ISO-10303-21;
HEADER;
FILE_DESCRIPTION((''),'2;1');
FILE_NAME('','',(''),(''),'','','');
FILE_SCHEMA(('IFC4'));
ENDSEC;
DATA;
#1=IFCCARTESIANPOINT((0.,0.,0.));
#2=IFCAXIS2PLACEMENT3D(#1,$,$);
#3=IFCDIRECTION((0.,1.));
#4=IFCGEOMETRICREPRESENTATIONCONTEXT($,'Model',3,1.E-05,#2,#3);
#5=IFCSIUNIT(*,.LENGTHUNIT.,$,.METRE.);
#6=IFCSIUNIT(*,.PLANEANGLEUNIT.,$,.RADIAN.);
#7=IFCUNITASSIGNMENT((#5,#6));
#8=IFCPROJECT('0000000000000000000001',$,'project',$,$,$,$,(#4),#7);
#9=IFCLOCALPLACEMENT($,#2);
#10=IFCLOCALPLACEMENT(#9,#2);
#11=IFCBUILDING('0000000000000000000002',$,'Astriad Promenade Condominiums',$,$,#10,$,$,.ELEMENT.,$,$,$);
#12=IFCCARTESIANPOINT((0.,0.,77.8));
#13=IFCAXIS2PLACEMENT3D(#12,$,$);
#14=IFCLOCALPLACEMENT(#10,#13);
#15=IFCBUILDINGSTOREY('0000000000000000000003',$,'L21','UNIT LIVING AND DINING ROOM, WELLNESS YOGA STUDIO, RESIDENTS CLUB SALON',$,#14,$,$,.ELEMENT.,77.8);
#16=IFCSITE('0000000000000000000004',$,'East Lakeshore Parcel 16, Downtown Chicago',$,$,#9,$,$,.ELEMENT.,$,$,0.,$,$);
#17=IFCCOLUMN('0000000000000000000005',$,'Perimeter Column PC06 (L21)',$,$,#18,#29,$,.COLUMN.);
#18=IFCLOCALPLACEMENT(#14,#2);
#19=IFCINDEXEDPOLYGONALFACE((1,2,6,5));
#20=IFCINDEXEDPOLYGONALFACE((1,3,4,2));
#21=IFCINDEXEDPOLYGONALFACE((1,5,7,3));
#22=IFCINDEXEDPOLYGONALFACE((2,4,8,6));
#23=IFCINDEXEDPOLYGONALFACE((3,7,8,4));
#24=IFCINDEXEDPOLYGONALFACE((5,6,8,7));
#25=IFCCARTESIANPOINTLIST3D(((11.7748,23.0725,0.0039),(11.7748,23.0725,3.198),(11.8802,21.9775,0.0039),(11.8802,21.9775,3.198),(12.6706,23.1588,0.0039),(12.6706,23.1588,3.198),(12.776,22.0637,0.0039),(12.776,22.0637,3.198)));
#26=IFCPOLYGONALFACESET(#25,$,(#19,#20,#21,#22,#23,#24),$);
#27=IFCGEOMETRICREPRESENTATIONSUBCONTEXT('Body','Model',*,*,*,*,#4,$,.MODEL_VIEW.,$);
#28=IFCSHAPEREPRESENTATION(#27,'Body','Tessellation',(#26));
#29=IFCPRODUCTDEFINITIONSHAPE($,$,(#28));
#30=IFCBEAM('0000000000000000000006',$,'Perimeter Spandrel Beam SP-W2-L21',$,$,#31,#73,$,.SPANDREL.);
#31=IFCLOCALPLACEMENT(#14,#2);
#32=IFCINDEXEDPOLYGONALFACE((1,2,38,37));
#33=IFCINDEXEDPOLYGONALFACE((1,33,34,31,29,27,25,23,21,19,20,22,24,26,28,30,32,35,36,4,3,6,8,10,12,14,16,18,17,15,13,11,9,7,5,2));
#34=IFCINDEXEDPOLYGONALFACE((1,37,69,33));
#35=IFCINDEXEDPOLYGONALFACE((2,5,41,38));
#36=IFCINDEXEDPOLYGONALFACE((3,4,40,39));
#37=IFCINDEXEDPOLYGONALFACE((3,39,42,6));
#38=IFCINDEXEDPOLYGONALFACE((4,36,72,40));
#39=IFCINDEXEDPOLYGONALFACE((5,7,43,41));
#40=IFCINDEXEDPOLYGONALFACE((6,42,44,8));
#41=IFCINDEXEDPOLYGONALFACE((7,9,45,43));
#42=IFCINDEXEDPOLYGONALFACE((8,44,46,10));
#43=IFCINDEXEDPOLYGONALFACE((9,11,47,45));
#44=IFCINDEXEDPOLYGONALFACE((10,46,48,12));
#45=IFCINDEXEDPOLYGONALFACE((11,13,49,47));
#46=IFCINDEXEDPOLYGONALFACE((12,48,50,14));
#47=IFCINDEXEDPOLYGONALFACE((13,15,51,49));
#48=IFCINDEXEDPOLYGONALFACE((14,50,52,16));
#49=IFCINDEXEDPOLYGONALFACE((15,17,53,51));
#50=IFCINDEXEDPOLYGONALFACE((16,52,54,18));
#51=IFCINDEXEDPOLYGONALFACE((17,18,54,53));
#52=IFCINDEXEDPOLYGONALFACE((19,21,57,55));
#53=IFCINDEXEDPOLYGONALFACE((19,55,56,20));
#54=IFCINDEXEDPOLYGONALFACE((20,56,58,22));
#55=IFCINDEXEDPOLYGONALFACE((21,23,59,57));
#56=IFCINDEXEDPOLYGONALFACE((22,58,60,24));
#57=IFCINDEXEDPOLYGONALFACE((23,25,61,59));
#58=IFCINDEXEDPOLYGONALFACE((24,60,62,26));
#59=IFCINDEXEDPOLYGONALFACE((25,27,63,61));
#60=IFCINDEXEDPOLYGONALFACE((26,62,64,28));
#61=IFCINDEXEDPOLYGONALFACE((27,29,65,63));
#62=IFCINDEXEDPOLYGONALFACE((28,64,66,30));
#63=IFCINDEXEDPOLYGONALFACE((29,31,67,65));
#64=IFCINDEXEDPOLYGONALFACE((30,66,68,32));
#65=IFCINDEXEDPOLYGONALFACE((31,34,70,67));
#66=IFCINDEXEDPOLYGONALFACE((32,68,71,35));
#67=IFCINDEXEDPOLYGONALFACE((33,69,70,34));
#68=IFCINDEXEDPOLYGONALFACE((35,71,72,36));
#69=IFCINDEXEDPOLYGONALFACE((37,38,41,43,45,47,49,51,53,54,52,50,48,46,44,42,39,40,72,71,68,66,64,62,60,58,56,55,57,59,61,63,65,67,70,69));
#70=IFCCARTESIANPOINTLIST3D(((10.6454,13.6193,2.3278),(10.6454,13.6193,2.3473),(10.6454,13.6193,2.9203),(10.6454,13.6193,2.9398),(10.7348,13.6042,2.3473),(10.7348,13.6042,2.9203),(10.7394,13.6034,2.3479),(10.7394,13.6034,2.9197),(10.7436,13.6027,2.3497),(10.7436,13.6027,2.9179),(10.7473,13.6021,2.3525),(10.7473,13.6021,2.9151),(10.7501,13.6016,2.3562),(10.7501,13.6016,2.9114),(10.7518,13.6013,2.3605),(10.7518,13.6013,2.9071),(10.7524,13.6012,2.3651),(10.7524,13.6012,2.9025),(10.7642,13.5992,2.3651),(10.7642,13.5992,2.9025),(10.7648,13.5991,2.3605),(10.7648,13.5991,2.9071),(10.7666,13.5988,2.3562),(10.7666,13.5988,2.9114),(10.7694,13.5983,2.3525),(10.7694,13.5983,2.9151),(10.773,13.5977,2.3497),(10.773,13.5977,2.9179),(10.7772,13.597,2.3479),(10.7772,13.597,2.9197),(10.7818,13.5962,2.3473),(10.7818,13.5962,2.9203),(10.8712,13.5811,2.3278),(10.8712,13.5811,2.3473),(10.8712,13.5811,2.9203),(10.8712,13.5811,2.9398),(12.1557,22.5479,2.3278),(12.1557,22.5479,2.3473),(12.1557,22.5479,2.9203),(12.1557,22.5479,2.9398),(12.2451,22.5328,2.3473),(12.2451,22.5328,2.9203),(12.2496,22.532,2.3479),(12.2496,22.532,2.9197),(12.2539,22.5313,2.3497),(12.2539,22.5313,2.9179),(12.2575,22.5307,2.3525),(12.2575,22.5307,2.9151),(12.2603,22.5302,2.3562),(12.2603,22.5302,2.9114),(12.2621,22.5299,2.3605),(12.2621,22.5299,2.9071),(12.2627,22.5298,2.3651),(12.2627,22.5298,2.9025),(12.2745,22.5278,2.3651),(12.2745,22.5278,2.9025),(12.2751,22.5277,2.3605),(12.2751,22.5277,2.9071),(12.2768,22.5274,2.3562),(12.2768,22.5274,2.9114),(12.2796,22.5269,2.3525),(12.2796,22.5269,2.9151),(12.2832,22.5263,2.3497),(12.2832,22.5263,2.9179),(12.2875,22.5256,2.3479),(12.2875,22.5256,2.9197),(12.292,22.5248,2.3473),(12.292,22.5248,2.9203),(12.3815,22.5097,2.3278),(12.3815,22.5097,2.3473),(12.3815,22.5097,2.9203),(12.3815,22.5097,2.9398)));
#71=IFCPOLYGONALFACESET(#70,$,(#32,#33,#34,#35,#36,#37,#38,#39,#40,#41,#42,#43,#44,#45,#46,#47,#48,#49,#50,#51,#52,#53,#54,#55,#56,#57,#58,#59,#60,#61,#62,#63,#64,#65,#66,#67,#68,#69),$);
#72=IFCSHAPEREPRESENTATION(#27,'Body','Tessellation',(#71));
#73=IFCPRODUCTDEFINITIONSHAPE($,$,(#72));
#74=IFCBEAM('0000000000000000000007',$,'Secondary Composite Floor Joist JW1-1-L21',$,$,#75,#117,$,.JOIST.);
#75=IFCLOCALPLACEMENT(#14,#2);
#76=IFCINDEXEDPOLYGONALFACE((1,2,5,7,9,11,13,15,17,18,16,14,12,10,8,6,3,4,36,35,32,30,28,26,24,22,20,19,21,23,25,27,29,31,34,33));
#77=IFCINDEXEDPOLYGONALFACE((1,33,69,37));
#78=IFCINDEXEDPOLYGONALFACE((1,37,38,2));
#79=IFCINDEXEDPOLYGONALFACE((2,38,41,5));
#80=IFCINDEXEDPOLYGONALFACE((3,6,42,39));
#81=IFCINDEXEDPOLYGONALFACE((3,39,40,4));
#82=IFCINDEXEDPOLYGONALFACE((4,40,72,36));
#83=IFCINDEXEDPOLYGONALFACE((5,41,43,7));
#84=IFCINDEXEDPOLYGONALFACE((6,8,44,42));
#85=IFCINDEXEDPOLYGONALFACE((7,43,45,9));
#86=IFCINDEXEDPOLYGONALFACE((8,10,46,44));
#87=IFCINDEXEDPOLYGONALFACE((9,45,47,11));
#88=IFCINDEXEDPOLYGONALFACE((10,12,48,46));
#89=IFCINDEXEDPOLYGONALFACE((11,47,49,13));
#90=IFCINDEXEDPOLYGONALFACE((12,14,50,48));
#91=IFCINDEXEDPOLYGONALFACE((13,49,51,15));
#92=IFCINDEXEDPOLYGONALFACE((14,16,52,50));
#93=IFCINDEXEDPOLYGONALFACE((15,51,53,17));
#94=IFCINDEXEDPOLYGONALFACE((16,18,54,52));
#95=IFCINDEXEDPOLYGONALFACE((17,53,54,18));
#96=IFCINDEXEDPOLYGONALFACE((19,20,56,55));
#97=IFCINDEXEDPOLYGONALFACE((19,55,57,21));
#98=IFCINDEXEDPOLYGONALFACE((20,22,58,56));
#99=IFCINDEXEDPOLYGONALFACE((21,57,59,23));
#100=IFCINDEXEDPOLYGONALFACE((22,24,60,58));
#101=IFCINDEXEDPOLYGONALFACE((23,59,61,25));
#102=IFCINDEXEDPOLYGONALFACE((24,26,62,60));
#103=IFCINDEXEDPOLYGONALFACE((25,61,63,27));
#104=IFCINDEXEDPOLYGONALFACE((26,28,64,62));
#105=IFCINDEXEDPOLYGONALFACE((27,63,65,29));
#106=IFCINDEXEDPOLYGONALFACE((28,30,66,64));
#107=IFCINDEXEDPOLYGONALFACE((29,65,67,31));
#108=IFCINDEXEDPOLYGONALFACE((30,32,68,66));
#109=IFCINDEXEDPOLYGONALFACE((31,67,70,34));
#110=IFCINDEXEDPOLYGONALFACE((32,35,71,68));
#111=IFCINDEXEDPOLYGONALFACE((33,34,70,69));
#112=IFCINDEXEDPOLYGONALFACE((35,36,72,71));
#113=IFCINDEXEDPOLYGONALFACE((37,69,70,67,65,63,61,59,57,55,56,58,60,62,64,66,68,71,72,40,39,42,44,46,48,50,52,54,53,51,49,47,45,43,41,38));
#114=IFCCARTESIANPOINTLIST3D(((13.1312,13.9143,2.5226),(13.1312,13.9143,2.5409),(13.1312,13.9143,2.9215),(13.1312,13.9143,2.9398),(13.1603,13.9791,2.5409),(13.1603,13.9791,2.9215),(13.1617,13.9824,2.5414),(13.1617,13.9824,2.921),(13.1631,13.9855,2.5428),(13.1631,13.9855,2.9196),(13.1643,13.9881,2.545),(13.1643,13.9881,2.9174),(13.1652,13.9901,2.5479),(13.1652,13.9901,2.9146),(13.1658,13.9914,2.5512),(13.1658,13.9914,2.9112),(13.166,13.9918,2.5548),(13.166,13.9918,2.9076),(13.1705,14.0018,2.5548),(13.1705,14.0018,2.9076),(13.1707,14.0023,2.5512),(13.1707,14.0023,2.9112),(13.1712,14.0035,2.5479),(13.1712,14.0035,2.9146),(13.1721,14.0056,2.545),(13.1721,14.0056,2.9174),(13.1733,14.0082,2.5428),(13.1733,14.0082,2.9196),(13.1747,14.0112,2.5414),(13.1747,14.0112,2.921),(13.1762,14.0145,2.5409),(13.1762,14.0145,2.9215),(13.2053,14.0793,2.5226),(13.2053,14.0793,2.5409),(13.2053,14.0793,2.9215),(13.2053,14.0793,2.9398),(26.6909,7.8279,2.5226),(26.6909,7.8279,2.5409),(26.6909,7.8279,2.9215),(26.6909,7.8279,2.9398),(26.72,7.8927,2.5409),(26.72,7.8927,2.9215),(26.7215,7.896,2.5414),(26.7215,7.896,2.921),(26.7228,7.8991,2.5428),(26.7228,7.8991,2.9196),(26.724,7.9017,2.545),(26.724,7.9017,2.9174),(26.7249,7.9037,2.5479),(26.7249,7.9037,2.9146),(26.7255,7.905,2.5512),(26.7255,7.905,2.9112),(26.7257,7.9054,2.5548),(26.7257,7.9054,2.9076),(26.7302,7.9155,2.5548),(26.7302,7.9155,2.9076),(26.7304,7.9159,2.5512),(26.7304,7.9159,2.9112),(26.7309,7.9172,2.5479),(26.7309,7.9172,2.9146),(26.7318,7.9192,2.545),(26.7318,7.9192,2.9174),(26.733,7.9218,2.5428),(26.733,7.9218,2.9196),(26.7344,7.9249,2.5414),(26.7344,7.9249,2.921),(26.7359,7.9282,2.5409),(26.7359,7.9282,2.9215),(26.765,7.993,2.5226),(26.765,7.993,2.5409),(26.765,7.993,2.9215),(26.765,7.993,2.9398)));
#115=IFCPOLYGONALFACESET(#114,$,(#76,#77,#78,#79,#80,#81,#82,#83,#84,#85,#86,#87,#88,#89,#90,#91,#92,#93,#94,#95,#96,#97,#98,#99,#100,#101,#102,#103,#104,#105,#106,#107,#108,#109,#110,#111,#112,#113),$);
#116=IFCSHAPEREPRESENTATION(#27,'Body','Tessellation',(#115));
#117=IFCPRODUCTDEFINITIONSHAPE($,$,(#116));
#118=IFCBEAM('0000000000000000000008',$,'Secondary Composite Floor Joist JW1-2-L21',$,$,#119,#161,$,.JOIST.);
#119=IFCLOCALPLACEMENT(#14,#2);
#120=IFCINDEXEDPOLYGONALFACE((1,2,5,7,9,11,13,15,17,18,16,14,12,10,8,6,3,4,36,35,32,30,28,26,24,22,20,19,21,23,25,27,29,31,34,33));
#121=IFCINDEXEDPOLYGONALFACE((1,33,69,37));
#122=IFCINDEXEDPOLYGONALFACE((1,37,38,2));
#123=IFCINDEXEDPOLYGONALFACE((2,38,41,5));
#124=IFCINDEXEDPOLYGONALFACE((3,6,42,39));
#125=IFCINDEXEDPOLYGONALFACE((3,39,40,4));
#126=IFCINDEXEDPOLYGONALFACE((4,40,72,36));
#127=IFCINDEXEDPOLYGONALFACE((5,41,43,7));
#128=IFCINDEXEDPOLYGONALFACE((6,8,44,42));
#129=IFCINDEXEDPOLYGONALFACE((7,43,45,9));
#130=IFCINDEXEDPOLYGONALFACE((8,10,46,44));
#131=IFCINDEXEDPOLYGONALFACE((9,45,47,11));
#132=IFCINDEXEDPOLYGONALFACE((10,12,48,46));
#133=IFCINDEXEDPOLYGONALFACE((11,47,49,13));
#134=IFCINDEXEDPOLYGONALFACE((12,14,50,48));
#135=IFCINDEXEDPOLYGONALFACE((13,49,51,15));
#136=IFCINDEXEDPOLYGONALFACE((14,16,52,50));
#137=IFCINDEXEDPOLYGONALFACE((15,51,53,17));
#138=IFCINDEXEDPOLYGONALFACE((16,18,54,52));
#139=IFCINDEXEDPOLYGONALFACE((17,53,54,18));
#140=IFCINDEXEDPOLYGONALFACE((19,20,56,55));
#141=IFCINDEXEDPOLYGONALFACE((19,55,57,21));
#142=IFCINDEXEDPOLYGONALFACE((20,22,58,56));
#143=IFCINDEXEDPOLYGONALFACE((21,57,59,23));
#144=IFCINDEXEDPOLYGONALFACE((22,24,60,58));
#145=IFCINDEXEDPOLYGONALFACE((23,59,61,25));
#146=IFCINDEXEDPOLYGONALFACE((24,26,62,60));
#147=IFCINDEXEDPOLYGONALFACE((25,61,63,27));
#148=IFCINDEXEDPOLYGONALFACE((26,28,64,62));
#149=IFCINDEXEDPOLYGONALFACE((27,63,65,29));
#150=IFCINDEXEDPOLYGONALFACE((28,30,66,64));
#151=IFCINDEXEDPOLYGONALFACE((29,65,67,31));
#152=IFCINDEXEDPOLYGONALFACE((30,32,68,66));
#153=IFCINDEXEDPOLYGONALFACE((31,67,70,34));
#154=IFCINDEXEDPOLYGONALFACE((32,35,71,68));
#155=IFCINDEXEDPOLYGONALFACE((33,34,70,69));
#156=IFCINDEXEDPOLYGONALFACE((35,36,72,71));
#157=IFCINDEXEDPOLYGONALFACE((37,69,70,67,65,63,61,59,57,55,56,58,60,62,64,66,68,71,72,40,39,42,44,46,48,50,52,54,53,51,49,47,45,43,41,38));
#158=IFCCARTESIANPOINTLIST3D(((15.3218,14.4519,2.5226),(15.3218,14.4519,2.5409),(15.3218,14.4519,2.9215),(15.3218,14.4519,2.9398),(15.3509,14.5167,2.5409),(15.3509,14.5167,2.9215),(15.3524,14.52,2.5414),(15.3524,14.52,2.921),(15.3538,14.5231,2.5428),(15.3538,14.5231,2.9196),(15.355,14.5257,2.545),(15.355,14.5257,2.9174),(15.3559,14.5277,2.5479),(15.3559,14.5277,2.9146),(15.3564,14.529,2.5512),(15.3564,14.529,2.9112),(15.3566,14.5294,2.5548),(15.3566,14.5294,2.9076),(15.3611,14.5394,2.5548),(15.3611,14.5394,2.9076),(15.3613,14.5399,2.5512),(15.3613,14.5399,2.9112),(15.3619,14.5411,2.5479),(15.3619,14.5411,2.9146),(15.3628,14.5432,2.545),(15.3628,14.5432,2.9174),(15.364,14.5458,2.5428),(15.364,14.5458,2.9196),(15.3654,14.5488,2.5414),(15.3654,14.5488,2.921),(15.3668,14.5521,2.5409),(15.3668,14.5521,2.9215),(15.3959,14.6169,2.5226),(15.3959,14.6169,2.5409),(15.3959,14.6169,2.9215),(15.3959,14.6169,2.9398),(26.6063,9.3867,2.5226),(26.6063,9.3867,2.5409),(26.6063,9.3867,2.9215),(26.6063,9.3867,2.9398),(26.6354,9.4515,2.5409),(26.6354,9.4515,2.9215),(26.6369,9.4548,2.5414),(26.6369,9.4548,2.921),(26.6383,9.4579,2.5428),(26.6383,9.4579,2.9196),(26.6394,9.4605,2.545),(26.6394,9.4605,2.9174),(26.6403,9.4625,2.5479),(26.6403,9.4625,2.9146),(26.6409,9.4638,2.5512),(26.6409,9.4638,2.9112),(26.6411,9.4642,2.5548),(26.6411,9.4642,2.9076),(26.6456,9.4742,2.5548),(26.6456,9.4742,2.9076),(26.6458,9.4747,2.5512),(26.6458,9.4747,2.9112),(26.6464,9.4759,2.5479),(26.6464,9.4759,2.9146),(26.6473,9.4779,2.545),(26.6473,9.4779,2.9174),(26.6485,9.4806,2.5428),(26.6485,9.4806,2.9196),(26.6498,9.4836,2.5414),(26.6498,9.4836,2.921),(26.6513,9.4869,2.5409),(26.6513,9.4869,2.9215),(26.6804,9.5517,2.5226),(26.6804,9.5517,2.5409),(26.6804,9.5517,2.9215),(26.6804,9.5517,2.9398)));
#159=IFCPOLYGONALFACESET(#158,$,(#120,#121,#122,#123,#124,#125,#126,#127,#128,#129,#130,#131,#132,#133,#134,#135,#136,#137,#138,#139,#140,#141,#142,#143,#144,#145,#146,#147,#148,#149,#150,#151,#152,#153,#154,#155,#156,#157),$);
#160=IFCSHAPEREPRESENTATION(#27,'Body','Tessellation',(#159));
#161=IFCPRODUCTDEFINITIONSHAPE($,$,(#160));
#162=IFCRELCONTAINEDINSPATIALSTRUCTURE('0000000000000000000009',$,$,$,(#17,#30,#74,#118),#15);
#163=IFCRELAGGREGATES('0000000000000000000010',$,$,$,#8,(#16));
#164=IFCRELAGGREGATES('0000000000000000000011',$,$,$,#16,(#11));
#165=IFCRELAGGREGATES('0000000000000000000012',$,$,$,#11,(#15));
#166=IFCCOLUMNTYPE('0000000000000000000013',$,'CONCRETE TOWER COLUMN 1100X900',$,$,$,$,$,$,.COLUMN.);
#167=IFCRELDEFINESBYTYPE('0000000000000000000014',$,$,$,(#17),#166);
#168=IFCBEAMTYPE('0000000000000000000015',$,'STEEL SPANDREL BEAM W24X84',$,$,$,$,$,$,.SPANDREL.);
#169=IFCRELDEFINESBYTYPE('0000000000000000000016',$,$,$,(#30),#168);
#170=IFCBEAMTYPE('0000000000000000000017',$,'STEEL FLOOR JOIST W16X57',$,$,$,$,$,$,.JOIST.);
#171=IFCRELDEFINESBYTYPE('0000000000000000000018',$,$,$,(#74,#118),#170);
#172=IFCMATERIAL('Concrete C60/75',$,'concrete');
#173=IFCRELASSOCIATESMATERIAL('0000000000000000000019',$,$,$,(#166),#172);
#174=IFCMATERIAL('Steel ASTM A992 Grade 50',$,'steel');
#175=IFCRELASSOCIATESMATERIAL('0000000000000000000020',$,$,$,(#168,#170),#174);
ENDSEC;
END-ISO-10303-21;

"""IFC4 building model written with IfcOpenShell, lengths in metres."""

from ifc_helpers import new_model, si_unit, direction, frame, origin, origin_2d, place, context, subcontext, project, spatial, rectangle, i_section, extrude, source, transform, mapped, material, material_profile, profile_set, type_object, type_shapes, element, save


model = new_model("IFC4")

# Units and contexts
model_context = context("Model", 3, precision=1e-05, world=origin(), true_north=direction((0.0, 1.0)))
body_context = subcontext(model_context, "Body", "Model", "MODEL_VIEW")
ifc_project = project(units=[si_unit("LENGTHUNIT", "METRE"), si_unit("PLANEANGLEUNIT", "RADIAN")], contexts=[model_context])

# Site, building, storey
site_placement = place(None, origin())
site = spatial("IfcSite", under=ifc_project, at=site_placement, Name="East Lakeshore Parcel 16, Downtown Chicago", CompositionType="ELEMENT", RefElevation=0.0)
building_placement = place(site_placement, origin())
building = spatial("IfcBuilding", under=site, at=building_placement, Name="Astriad Promenade Condominiums", CompositionType="ELEMENT")
storey_placement = place(building_placement, frame((0.0, 0.0, 77.8)))
storey = spatial("IfcBuildingStorey", under=building, at=storey_placement, Name="L21", Description="UNIT LIVING AND DINING ROOM, WELLNESS YOGA STUDIO, RESIDENTS CLUB SALON", CompositionType="ELEMENT", Elevation=77.8)

# Column
ifc_material_1 = material(Name="Concrete C60/75", Category="concrete")
ifc_material_profile_1 = material_profile(ifc_material_1, rectangle(XDim=0.8999, YDim=1.1001, at=origin_2d()), Name="RC-COL-1100X900")
ifc_profile_set_1 = profile_set([ifc_material_profile_1], Name="Concrete C60/75")
column_type = type_object("IfcColumnType", Name="CONCRETE TOWER COLUMN 1100X900", PredefinedType="COLUMN", material=ifc_profile_set_1)
shared_shape_1 = source(origin(), body_context, "Body", "SweptSolid", [
    extrude(rectangle(XDim=0.8999, YDim=1.1001, at=origin_2d()), origin(), (0.0, 0.0, 1.0), 3.1941),
])
type_shapes(column_type, [shared_shape_1])
column_placement = place(storey_placement, frame((12.2754, 22.5681, 0.0039), z_axis=(0.0, 0.0, 1.0), x_axis=(0.995396, 0.095846, 0.0)))
element("IfcColumn", 1, at=column_placement, inside=storey, type_object=column_type, Name="Perimeter Column PC06 (L21)", PredefinedType="COLUMN", context=body_context, shape_type="MappedRepresentation", body=[
    mapped(shared_shape_1, transform((0.0, 0.0, 0.0), scale=1.0)),
])

# Beams
ifc_material_2 = material(Name="Steel ASTM A992 Grade 50", Category="steel")
ifc_material_profile_2 = material_profile(ifc_material_2, i_section(OverallWidth=0.229, OverallDepth=0.6121, WebThickness=0.012, FlangeThickness=0.0195, FilletRadius=0.0178, at=origin_2d()), Name="W24X84")
ifc_profile_set_2 = profile_set([ifc_material_profile_2], Name="Steel ASTM A992 Grade 50")
beam_type_1 = type_object("IfcBeamType", Name="STEEL SPANDREL BEAM W24X84", PredefinedType="SPANDREL", material=ifc_profile_set_2)
shared_shape_2 = source(origin(), body_context, "Body", "SweptSolid", [
    extrude(i_section(OverallWidth=0.229, OverallDepth=0.6121, WebThickness=0.012, FlangeThickness=0.0195, FilletRadius=0.0178, at=origin_2d()), origin(), (0.0, 0.0, 1.0), 9.0554),
])
type_shapes(beam_type_1, [shared_shape_2])
beam_1_placement = place(storey_placement, frame((12.2686, 22.5288, 2.6338), z_axis=(-0.166777, -0.985995, 0.0), x_axis=(0.985995, -0.166777, 0.0)))
element("IfcBeam", 2, at=beam_1_placement, inside=storey, type_object=beam_type_1, Name="Perimeter Spandrel Beam SP-W2-L21", PredefinedType="SPANDREL", context=body_context, shape_type="MappedRepresentation", body=[
    mapped(shared_shape_2, transform((0.0, 0.0, 0.0), scale=1.0)),
])
ifc_material_profile_3 = material_profile(ifc_material_2, i_section(OverallWidth=0.1809, OverallDepth=0.4172, WebThickness=0.011, FlangeThickness=0.0183, FilletRadius=0.0139, at=origin_2d()), Name="W16X57")
ifc_profile_set_3 = profile_set([ifc_material_profile_3], Name="Steel ASTM A992 Grade 50")
beam_type_2 = type_object("IfcBeamType", Name="STEEL FLOOR JOIST W16X57", PredefinedType="JOIST", material=ifc_profile_set_3)
shared_shape_3 = source(origin(), body_context, "Body", "SweptSolid", [
    extrude(i_section(OverallWidth=0.1809, OverallDepth=0.4172, WebThickness=0.011, FlangeThickness=0.0183, FilletRadius=0.0139, at=origin_2d()), origin(), (0.0, 0.0, 1.0), 14.863),
])
beam_2_placement = place(storey_placement, frame((13.1682, 13.9968, 2.7312), z_axis=(0.912311, -0.409498, 0.0), x_axis=(0.409498, 0.912311, 0.0)))
element("IfcBeam", 3, at=beam_2_placement, inside=storey, type_object=beam_type_2, Name="Secondary Composite Floor Joist JW1-1-L21", PredefinedType="JOIST", context=body_context, shape_type="MappedRepresentation", body=[
    mapped(shared_shape_3, transform((0.0, 0.0, 0.0), scale=1.0)),
])
shared_shape_4 = source(origin(), body_context, "Body", "SweptSolid", [
    extrude(i_section(OverallWidth=0.1809, OverallDepth=0.4172, WebThickness=0.011, FlangeThickness=0.0183, FilletRadius=0.0139, at=origin_2d()), origin(), (0.0, 0.0, 1.0), 12.3691),
])
beam_3_placement = place(storey_placement, frame((15.3589, 14.5344, 2.7312), z_axis=(0.912309, -0.409504, 0.0), x_axis=(0.409504, 0.912309, 0.0)))
element("IfcBeam", 4, at=beam_3_placement, inside=storey, type_object=beam_type_2, Name="Secondary Composite Floor Joist JW1-2-L21", PredefinedType="JOIST", context=body_context, shape_type="MappedRepresentation", body=[
    mapped(shared_shape_4, transform((0.0, 0.0, 0.0), scale=1.0)),
])

save(model, "model.ifc")
